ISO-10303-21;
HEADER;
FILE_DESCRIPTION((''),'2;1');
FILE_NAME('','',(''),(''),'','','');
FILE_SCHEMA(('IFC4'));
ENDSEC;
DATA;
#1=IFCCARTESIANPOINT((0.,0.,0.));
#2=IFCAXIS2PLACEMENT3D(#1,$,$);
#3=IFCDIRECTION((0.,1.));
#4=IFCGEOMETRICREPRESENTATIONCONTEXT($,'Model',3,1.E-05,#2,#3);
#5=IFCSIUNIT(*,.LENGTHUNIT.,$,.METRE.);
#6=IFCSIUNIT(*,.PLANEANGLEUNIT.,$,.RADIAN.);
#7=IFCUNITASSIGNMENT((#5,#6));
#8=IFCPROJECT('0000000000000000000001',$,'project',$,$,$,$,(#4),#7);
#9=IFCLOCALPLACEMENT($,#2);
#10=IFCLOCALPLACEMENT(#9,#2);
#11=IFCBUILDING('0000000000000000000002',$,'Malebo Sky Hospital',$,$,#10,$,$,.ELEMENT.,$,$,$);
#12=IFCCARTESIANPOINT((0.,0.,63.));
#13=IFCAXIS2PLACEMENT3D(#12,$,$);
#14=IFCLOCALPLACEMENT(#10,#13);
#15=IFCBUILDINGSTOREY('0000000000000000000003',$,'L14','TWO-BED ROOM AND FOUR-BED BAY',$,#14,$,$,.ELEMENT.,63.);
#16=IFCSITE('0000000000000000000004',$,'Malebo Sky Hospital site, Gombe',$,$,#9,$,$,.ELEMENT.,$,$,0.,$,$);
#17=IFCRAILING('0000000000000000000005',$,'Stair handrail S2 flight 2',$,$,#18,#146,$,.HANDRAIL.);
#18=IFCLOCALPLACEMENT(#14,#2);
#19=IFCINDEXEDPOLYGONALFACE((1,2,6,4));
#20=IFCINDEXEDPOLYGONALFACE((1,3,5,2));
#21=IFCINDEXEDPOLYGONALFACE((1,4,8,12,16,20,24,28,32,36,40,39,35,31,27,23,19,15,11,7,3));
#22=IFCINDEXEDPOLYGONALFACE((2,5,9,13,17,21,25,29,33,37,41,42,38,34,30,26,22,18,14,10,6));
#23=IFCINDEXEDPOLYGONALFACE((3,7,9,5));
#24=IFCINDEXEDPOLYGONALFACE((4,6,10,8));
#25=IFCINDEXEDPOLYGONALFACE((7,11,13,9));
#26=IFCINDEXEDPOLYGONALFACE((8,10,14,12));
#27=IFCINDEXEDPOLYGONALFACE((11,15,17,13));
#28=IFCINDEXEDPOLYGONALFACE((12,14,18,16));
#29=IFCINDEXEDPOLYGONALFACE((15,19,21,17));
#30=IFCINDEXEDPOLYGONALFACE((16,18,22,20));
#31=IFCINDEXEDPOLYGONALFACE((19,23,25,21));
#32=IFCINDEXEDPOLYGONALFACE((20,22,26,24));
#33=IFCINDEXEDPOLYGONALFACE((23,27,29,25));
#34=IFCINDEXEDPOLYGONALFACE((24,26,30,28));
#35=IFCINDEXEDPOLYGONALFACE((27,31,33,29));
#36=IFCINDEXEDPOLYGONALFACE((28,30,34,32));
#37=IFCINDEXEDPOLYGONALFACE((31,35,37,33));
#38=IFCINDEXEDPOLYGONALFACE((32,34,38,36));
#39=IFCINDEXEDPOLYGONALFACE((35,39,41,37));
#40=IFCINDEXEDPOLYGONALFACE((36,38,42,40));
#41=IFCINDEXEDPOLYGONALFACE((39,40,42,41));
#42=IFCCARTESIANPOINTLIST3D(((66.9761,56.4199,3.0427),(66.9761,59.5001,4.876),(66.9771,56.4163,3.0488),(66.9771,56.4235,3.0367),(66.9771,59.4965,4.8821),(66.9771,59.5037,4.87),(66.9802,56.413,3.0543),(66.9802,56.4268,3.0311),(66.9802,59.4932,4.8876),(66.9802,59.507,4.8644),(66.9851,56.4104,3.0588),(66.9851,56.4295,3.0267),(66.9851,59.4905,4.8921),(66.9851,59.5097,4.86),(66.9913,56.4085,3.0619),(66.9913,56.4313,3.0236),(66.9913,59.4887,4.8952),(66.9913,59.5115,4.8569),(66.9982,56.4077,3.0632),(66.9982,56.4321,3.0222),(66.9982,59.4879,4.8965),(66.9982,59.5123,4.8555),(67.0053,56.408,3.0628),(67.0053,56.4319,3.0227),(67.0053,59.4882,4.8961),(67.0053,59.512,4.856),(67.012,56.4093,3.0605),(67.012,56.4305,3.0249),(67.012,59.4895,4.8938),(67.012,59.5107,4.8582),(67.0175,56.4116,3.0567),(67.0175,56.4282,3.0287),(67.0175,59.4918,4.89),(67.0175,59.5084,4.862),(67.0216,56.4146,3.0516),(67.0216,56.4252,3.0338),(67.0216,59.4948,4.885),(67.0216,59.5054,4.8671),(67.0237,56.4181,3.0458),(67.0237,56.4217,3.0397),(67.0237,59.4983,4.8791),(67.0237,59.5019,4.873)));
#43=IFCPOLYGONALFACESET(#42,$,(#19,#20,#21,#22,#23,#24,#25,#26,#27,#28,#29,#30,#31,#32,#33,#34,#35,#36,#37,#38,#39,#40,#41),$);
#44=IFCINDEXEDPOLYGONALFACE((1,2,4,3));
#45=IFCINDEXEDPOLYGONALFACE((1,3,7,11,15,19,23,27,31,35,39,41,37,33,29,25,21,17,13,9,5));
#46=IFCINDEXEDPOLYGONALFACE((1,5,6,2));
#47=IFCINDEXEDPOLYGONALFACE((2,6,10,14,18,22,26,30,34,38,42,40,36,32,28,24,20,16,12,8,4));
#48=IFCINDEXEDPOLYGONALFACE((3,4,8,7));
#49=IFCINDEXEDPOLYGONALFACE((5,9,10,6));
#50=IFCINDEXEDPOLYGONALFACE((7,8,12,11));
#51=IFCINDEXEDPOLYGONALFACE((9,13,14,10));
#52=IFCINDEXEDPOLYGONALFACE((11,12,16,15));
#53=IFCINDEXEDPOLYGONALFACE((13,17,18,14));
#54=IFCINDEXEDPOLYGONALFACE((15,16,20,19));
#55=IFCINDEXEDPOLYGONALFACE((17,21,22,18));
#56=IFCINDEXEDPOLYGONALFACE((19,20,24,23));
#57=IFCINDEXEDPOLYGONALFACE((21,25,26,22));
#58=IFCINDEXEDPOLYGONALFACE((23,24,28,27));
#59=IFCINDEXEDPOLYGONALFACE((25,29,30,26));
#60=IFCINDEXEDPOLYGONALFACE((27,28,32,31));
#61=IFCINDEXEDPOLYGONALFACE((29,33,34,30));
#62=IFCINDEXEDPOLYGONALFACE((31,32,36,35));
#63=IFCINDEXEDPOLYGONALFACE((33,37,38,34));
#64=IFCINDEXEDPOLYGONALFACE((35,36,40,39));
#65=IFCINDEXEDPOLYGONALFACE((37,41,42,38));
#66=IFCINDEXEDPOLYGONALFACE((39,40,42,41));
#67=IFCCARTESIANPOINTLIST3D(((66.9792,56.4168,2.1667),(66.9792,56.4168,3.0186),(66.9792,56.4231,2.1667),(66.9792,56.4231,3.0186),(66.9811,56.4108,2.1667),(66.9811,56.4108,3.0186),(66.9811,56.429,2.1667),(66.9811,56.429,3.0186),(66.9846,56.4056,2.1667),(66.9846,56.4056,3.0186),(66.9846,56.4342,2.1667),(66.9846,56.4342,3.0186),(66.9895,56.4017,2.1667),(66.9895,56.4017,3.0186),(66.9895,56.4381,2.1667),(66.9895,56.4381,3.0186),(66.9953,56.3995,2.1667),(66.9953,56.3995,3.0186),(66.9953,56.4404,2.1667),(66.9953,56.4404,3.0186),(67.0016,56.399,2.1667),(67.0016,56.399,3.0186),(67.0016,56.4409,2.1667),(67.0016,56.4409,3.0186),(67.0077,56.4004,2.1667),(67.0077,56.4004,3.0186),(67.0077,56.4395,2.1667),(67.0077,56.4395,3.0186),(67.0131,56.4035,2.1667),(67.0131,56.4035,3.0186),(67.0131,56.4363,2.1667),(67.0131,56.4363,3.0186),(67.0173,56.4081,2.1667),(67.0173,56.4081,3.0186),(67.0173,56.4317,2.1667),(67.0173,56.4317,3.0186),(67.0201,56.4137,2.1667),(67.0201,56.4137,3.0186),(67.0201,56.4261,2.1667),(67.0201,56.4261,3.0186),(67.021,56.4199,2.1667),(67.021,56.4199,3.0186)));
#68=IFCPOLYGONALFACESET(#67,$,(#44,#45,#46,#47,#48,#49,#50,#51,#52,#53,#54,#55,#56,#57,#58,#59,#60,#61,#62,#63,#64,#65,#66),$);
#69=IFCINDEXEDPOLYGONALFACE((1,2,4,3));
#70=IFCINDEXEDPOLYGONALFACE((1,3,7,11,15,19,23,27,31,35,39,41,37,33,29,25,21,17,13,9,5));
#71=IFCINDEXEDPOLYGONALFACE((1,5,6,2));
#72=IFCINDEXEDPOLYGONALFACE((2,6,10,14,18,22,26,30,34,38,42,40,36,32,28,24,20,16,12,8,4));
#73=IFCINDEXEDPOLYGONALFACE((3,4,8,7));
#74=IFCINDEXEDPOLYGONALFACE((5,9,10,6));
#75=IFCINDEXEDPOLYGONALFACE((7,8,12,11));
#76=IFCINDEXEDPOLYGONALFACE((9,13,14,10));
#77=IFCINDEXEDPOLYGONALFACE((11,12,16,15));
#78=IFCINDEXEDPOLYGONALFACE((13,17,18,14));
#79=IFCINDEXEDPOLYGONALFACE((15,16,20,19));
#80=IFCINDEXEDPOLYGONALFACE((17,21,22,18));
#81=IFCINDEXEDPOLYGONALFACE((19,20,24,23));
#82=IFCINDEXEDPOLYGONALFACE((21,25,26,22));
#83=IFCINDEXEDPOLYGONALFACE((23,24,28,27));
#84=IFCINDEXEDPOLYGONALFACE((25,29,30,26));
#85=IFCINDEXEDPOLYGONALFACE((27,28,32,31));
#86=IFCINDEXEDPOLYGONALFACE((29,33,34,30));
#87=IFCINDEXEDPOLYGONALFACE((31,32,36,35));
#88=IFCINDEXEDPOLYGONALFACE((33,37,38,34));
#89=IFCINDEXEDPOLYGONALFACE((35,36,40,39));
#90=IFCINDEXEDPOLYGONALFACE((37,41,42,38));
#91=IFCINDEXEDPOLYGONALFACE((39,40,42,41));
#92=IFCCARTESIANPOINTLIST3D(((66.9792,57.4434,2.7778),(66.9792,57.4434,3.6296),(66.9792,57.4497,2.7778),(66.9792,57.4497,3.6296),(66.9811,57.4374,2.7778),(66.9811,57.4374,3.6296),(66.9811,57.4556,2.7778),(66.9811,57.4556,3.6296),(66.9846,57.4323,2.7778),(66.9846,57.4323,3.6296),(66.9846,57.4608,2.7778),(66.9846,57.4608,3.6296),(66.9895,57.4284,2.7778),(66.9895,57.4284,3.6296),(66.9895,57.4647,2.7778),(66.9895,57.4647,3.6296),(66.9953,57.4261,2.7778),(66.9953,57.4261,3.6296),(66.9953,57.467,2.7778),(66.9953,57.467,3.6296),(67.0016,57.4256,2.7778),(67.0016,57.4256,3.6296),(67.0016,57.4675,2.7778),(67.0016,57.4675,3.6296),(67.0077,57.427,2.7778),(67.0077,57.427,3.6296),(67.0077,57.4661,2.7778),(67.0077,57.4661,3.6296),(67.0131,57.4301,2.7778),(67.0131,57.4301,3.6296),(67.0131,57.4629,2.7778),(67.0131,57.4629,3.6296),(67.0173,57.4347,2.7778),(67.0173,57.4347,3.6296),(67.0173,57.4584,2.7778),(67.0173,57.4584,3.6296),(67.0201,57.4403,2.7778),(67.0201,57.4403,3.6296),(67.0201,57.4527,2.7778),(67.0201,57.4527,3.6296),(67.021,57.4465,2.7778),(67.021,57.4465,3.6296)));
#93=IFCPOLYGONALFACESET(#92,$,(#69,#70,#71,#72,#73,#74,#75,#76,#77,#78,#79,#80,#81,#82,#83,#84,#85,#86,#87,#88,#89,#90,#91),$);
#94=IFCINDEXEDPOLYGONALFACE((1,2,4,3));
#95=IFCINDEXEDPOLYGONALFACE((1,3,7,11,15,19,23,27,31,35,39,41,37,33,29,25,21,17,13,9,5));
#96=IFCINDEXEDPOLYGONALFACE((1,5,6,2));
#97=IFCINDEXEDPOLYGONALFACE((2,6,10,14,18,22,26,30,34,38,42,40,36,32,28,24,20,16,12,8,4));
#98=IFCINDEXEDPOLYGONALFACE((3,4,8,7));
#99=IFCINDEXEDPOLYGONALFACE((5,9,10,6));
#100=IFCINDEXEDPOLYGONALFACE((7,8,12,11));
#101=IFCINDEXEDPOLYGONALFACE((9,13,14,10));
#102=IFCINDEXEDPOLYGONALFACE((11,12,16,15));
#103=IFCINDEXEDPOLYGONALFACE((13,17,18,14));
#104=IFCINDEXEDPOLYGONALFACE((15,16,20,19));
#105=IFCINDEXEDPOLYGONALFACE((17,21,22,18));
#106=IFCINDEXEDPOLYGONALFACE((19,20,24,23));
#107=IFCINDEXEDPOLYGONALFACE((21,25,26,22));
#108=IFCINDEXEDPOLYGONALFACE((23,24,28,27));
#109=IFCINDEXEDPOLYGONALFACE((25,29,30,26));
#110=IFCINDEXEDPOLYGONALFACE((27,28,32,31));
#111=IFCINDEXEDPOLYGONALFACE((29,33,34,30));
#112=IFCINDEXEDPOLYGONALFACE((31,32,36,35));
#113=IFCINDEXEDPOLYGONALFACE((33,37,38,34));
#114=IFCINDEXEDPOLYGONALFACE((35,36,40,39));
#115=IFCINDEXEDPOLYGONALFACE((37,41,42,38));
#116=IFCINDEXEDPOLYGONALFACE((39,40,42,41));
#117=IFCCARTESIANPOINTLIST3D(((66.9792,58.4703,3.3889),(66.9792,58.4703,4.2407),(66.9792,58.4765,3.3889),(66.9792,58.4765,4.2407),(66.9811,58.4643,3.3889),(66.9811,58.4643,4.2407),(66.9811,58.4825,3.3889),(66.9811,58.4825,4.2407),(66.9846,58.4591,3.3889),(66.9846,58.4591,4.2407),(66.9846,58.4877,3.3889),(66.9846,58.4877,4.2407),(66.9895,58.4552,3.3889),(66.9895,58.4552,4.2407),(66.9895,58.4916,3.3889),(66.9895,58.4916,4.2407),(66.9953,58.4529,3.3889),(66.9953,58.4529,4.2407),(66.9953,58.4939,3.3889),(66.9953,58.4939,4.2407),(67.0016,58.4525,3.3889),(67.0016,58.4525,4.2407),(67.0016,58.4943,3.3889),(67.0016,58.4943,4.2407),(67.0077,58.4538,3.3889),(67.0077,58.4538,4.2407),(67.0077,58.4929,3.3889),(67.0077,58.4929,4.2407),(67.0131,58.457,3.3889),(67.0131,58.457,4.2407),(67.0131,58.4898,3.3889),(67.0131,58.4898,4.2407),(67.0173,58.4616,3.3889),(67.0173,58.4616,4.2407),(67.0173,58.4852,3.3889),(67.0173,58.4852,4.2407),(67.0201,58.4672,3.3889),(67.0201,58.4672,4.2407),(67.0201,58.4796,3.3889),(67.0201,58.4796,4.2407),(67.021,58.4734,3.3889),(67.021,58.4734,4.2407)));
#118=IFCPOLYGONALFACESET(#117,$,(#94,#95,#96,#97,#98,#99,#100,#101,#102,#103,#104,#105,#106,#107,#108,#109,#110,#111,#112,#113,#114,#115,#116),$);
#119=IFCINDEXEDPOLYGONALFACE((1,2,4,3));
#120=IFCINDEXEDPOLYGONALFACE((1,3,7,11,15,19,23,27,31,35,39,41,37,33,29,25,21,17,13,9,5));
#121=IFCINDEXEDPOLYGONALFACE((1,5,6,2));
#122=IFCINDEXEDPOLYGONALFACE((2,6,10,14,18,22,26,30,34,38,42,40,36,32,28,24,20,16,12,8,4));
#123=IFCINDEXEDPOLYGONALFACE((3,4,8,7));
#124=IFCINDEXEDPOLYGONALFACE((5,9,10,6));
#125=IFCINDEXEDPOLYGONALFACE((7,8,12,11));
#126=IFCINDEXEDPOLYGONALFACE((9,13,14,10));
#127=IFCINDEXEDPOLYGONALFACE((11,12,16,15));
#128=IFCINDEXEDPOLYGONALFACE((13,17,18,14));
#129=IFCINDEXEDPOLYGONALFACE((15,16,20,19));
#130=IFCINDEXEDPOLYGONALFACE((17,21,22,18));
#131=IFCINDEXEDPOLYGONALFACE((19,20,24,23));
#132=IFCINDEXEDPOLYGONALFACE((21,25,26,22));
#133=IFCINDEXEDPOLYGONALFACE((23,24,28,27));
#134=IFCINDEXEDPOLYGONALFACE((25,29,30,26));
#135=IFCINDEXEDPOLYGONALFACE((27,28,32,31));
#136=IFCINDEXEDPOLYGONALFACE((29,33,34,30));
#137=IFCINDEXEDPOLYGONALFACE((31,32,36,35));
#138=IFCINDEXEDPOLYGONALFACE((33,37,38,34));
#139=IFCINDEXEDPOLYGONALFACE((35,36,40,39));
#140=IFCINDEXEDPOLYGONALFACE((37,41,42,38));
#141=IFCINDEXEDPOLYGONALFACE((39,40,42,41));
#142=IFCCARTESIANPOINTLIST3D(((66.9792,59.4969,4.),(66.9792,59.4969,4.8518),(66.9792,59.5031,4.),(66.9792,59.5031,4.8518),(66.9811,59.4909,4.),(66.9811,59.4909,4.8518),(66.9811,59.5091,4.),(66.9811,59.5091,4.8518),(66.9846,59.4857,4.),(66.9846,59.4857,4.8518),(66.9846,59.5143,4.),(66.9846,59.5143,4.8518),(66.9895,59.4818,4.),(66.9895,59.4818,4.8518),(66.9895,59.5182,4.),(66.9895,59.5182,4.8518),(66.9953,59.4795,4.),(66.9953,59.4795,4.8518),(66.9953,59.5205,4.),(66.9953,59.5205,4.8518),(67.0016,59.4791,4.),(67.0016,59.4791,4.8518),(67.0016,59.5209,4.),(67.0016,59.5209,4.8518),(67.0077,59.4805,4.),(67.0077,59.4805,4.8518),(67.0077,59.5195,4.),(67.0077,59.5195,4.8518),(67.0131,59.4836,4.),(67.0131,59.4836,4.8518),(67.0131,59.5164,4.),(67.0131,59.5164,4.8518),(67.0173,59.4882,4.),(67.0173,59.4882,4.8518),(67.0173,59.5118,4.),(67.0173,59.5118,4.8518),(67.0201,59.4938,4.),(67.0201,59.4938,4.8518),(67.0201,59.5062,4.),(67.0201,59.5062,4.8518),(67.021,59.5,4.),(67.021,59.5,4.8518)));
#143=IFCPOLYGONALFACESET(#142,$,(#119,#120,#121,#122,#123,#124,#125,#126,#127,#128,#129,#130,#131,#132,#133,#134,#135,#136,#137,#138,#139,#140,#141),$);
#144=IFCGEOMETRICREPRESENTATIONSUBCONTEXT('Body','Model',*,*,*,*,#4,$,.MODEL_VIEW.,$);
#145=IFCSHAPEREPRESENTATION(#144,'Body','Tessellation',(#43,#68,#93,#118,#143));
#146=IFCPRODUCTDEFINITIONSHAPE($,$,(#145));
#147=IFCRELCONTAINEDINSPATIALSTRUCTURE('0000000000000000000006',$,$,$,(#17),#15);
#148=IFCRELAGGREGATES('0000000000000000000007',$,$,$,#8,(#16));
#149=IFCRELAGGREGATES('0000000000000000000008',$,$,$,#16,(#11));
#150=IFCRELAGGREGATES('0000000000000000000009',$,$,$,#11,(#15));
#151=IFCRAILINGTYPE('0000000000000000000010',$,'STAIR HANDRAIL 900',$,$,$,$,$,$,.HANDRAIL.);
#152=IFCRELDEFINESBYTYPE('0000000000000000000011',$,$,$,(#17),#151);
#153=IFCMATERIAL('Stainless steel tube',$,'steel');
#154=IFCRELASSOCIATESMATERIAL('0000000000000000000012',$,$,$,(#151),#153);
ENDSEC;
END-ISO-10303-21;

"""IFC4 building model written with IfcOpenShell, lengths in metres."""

from ifc_helpers import new_model, si_unit, direction, frame, origin, origin_2d, place, context, subcontext, project, spatial, circle, extrude, material, type_object, element, save


model = new_model("IFC4")

# Units and contexts
model_context = context("Model", 3, precision=1e-05, world=origin(), true_north=direction((0.0, 1.0)))
body_context = subcontext(model_context, "Body", "Model", "MODEL_VIEW")
ifc_project = project(units=[si_unit("LENGTHUNIT", "METRE"), si_unit("PLANEANGLEUNIT", "RADIAN")], contexts=[model_context])

# Site, building, storey
site_placement = place(None, origin())
site = spatial("IfcSite", under=ifc_project, at=site_placement, Name="Malebo Sky Hospital site, Gombe", CompositionType="ELEMENT", RefElevation=0.0)
building_placement = place(site_placement, origin())
building = spatial("IfcBuilding", under=site, at=building_placement, Name="Malebo Sky Hospital", CompositionType="ELEMENT")
storey_placement = place(building_placement, frame((0.0, 0.0, 63.0)))
storey = spatial("IfcBuildingStorey", under=building, at=storey_placement, Name="L14", Description="TWO-BED ROOM AND FOUR-BED BAY", CompositionType="ELEMENT", Elevation=63.0)

# Railing
ifc_material_1 = material(Name="Stainless steel tube", Category="steel")
railing_type = type_object("IfcRailingType", Name="STAIR HANDRAIL 900", PredefinedType="HANDRAIL", material=ifc_material_1)
railing_1_placement = place(storey_placement, frame((67.0, 56.4199, 2.1667)))
element("IfcRailing", 1, at=railing_1_placement, inside=storey, type_object=railing_type, Name="Stair handrail S2 flight 2", PredefinedType="HANDRAIL", context=body_context, shape_type="SweptSolid", body=[
    extrude(circle(Radius=0.0239, at=origin_2d()), frame((0.0, 0.0, 0.876), z_axis=(0.0, 0.859309, 0.511458), x_axis=(-1.0, 0.0, 0.0)), (0.0, 0.0, 1.0), 3.5845),
    extrude(circle(Radius=0.021, at=origin_2d()), origin(), (0.0, 0.0, 1.0), 0.8518),
    extrude(circle(Radius=0.021, at=origin_2d()), frame((0.0, 1.0266, 0.6111)), (0.0, 0.0, 1.0), 0.8518),
    extrude(circle(Radius=0.021, at=origin_2d()), frame((0.0, 2.0535, 1.2222)), (0.0, 0.0, 1.0), 0.8518),
    extrude(circle(Radius=0.021, at=origin_2d()), frame((0.0, 3.0801, 1.8333)), (0.0, 0.0, 1.0), 0.8518),
])

save(model, "model.ifc")
